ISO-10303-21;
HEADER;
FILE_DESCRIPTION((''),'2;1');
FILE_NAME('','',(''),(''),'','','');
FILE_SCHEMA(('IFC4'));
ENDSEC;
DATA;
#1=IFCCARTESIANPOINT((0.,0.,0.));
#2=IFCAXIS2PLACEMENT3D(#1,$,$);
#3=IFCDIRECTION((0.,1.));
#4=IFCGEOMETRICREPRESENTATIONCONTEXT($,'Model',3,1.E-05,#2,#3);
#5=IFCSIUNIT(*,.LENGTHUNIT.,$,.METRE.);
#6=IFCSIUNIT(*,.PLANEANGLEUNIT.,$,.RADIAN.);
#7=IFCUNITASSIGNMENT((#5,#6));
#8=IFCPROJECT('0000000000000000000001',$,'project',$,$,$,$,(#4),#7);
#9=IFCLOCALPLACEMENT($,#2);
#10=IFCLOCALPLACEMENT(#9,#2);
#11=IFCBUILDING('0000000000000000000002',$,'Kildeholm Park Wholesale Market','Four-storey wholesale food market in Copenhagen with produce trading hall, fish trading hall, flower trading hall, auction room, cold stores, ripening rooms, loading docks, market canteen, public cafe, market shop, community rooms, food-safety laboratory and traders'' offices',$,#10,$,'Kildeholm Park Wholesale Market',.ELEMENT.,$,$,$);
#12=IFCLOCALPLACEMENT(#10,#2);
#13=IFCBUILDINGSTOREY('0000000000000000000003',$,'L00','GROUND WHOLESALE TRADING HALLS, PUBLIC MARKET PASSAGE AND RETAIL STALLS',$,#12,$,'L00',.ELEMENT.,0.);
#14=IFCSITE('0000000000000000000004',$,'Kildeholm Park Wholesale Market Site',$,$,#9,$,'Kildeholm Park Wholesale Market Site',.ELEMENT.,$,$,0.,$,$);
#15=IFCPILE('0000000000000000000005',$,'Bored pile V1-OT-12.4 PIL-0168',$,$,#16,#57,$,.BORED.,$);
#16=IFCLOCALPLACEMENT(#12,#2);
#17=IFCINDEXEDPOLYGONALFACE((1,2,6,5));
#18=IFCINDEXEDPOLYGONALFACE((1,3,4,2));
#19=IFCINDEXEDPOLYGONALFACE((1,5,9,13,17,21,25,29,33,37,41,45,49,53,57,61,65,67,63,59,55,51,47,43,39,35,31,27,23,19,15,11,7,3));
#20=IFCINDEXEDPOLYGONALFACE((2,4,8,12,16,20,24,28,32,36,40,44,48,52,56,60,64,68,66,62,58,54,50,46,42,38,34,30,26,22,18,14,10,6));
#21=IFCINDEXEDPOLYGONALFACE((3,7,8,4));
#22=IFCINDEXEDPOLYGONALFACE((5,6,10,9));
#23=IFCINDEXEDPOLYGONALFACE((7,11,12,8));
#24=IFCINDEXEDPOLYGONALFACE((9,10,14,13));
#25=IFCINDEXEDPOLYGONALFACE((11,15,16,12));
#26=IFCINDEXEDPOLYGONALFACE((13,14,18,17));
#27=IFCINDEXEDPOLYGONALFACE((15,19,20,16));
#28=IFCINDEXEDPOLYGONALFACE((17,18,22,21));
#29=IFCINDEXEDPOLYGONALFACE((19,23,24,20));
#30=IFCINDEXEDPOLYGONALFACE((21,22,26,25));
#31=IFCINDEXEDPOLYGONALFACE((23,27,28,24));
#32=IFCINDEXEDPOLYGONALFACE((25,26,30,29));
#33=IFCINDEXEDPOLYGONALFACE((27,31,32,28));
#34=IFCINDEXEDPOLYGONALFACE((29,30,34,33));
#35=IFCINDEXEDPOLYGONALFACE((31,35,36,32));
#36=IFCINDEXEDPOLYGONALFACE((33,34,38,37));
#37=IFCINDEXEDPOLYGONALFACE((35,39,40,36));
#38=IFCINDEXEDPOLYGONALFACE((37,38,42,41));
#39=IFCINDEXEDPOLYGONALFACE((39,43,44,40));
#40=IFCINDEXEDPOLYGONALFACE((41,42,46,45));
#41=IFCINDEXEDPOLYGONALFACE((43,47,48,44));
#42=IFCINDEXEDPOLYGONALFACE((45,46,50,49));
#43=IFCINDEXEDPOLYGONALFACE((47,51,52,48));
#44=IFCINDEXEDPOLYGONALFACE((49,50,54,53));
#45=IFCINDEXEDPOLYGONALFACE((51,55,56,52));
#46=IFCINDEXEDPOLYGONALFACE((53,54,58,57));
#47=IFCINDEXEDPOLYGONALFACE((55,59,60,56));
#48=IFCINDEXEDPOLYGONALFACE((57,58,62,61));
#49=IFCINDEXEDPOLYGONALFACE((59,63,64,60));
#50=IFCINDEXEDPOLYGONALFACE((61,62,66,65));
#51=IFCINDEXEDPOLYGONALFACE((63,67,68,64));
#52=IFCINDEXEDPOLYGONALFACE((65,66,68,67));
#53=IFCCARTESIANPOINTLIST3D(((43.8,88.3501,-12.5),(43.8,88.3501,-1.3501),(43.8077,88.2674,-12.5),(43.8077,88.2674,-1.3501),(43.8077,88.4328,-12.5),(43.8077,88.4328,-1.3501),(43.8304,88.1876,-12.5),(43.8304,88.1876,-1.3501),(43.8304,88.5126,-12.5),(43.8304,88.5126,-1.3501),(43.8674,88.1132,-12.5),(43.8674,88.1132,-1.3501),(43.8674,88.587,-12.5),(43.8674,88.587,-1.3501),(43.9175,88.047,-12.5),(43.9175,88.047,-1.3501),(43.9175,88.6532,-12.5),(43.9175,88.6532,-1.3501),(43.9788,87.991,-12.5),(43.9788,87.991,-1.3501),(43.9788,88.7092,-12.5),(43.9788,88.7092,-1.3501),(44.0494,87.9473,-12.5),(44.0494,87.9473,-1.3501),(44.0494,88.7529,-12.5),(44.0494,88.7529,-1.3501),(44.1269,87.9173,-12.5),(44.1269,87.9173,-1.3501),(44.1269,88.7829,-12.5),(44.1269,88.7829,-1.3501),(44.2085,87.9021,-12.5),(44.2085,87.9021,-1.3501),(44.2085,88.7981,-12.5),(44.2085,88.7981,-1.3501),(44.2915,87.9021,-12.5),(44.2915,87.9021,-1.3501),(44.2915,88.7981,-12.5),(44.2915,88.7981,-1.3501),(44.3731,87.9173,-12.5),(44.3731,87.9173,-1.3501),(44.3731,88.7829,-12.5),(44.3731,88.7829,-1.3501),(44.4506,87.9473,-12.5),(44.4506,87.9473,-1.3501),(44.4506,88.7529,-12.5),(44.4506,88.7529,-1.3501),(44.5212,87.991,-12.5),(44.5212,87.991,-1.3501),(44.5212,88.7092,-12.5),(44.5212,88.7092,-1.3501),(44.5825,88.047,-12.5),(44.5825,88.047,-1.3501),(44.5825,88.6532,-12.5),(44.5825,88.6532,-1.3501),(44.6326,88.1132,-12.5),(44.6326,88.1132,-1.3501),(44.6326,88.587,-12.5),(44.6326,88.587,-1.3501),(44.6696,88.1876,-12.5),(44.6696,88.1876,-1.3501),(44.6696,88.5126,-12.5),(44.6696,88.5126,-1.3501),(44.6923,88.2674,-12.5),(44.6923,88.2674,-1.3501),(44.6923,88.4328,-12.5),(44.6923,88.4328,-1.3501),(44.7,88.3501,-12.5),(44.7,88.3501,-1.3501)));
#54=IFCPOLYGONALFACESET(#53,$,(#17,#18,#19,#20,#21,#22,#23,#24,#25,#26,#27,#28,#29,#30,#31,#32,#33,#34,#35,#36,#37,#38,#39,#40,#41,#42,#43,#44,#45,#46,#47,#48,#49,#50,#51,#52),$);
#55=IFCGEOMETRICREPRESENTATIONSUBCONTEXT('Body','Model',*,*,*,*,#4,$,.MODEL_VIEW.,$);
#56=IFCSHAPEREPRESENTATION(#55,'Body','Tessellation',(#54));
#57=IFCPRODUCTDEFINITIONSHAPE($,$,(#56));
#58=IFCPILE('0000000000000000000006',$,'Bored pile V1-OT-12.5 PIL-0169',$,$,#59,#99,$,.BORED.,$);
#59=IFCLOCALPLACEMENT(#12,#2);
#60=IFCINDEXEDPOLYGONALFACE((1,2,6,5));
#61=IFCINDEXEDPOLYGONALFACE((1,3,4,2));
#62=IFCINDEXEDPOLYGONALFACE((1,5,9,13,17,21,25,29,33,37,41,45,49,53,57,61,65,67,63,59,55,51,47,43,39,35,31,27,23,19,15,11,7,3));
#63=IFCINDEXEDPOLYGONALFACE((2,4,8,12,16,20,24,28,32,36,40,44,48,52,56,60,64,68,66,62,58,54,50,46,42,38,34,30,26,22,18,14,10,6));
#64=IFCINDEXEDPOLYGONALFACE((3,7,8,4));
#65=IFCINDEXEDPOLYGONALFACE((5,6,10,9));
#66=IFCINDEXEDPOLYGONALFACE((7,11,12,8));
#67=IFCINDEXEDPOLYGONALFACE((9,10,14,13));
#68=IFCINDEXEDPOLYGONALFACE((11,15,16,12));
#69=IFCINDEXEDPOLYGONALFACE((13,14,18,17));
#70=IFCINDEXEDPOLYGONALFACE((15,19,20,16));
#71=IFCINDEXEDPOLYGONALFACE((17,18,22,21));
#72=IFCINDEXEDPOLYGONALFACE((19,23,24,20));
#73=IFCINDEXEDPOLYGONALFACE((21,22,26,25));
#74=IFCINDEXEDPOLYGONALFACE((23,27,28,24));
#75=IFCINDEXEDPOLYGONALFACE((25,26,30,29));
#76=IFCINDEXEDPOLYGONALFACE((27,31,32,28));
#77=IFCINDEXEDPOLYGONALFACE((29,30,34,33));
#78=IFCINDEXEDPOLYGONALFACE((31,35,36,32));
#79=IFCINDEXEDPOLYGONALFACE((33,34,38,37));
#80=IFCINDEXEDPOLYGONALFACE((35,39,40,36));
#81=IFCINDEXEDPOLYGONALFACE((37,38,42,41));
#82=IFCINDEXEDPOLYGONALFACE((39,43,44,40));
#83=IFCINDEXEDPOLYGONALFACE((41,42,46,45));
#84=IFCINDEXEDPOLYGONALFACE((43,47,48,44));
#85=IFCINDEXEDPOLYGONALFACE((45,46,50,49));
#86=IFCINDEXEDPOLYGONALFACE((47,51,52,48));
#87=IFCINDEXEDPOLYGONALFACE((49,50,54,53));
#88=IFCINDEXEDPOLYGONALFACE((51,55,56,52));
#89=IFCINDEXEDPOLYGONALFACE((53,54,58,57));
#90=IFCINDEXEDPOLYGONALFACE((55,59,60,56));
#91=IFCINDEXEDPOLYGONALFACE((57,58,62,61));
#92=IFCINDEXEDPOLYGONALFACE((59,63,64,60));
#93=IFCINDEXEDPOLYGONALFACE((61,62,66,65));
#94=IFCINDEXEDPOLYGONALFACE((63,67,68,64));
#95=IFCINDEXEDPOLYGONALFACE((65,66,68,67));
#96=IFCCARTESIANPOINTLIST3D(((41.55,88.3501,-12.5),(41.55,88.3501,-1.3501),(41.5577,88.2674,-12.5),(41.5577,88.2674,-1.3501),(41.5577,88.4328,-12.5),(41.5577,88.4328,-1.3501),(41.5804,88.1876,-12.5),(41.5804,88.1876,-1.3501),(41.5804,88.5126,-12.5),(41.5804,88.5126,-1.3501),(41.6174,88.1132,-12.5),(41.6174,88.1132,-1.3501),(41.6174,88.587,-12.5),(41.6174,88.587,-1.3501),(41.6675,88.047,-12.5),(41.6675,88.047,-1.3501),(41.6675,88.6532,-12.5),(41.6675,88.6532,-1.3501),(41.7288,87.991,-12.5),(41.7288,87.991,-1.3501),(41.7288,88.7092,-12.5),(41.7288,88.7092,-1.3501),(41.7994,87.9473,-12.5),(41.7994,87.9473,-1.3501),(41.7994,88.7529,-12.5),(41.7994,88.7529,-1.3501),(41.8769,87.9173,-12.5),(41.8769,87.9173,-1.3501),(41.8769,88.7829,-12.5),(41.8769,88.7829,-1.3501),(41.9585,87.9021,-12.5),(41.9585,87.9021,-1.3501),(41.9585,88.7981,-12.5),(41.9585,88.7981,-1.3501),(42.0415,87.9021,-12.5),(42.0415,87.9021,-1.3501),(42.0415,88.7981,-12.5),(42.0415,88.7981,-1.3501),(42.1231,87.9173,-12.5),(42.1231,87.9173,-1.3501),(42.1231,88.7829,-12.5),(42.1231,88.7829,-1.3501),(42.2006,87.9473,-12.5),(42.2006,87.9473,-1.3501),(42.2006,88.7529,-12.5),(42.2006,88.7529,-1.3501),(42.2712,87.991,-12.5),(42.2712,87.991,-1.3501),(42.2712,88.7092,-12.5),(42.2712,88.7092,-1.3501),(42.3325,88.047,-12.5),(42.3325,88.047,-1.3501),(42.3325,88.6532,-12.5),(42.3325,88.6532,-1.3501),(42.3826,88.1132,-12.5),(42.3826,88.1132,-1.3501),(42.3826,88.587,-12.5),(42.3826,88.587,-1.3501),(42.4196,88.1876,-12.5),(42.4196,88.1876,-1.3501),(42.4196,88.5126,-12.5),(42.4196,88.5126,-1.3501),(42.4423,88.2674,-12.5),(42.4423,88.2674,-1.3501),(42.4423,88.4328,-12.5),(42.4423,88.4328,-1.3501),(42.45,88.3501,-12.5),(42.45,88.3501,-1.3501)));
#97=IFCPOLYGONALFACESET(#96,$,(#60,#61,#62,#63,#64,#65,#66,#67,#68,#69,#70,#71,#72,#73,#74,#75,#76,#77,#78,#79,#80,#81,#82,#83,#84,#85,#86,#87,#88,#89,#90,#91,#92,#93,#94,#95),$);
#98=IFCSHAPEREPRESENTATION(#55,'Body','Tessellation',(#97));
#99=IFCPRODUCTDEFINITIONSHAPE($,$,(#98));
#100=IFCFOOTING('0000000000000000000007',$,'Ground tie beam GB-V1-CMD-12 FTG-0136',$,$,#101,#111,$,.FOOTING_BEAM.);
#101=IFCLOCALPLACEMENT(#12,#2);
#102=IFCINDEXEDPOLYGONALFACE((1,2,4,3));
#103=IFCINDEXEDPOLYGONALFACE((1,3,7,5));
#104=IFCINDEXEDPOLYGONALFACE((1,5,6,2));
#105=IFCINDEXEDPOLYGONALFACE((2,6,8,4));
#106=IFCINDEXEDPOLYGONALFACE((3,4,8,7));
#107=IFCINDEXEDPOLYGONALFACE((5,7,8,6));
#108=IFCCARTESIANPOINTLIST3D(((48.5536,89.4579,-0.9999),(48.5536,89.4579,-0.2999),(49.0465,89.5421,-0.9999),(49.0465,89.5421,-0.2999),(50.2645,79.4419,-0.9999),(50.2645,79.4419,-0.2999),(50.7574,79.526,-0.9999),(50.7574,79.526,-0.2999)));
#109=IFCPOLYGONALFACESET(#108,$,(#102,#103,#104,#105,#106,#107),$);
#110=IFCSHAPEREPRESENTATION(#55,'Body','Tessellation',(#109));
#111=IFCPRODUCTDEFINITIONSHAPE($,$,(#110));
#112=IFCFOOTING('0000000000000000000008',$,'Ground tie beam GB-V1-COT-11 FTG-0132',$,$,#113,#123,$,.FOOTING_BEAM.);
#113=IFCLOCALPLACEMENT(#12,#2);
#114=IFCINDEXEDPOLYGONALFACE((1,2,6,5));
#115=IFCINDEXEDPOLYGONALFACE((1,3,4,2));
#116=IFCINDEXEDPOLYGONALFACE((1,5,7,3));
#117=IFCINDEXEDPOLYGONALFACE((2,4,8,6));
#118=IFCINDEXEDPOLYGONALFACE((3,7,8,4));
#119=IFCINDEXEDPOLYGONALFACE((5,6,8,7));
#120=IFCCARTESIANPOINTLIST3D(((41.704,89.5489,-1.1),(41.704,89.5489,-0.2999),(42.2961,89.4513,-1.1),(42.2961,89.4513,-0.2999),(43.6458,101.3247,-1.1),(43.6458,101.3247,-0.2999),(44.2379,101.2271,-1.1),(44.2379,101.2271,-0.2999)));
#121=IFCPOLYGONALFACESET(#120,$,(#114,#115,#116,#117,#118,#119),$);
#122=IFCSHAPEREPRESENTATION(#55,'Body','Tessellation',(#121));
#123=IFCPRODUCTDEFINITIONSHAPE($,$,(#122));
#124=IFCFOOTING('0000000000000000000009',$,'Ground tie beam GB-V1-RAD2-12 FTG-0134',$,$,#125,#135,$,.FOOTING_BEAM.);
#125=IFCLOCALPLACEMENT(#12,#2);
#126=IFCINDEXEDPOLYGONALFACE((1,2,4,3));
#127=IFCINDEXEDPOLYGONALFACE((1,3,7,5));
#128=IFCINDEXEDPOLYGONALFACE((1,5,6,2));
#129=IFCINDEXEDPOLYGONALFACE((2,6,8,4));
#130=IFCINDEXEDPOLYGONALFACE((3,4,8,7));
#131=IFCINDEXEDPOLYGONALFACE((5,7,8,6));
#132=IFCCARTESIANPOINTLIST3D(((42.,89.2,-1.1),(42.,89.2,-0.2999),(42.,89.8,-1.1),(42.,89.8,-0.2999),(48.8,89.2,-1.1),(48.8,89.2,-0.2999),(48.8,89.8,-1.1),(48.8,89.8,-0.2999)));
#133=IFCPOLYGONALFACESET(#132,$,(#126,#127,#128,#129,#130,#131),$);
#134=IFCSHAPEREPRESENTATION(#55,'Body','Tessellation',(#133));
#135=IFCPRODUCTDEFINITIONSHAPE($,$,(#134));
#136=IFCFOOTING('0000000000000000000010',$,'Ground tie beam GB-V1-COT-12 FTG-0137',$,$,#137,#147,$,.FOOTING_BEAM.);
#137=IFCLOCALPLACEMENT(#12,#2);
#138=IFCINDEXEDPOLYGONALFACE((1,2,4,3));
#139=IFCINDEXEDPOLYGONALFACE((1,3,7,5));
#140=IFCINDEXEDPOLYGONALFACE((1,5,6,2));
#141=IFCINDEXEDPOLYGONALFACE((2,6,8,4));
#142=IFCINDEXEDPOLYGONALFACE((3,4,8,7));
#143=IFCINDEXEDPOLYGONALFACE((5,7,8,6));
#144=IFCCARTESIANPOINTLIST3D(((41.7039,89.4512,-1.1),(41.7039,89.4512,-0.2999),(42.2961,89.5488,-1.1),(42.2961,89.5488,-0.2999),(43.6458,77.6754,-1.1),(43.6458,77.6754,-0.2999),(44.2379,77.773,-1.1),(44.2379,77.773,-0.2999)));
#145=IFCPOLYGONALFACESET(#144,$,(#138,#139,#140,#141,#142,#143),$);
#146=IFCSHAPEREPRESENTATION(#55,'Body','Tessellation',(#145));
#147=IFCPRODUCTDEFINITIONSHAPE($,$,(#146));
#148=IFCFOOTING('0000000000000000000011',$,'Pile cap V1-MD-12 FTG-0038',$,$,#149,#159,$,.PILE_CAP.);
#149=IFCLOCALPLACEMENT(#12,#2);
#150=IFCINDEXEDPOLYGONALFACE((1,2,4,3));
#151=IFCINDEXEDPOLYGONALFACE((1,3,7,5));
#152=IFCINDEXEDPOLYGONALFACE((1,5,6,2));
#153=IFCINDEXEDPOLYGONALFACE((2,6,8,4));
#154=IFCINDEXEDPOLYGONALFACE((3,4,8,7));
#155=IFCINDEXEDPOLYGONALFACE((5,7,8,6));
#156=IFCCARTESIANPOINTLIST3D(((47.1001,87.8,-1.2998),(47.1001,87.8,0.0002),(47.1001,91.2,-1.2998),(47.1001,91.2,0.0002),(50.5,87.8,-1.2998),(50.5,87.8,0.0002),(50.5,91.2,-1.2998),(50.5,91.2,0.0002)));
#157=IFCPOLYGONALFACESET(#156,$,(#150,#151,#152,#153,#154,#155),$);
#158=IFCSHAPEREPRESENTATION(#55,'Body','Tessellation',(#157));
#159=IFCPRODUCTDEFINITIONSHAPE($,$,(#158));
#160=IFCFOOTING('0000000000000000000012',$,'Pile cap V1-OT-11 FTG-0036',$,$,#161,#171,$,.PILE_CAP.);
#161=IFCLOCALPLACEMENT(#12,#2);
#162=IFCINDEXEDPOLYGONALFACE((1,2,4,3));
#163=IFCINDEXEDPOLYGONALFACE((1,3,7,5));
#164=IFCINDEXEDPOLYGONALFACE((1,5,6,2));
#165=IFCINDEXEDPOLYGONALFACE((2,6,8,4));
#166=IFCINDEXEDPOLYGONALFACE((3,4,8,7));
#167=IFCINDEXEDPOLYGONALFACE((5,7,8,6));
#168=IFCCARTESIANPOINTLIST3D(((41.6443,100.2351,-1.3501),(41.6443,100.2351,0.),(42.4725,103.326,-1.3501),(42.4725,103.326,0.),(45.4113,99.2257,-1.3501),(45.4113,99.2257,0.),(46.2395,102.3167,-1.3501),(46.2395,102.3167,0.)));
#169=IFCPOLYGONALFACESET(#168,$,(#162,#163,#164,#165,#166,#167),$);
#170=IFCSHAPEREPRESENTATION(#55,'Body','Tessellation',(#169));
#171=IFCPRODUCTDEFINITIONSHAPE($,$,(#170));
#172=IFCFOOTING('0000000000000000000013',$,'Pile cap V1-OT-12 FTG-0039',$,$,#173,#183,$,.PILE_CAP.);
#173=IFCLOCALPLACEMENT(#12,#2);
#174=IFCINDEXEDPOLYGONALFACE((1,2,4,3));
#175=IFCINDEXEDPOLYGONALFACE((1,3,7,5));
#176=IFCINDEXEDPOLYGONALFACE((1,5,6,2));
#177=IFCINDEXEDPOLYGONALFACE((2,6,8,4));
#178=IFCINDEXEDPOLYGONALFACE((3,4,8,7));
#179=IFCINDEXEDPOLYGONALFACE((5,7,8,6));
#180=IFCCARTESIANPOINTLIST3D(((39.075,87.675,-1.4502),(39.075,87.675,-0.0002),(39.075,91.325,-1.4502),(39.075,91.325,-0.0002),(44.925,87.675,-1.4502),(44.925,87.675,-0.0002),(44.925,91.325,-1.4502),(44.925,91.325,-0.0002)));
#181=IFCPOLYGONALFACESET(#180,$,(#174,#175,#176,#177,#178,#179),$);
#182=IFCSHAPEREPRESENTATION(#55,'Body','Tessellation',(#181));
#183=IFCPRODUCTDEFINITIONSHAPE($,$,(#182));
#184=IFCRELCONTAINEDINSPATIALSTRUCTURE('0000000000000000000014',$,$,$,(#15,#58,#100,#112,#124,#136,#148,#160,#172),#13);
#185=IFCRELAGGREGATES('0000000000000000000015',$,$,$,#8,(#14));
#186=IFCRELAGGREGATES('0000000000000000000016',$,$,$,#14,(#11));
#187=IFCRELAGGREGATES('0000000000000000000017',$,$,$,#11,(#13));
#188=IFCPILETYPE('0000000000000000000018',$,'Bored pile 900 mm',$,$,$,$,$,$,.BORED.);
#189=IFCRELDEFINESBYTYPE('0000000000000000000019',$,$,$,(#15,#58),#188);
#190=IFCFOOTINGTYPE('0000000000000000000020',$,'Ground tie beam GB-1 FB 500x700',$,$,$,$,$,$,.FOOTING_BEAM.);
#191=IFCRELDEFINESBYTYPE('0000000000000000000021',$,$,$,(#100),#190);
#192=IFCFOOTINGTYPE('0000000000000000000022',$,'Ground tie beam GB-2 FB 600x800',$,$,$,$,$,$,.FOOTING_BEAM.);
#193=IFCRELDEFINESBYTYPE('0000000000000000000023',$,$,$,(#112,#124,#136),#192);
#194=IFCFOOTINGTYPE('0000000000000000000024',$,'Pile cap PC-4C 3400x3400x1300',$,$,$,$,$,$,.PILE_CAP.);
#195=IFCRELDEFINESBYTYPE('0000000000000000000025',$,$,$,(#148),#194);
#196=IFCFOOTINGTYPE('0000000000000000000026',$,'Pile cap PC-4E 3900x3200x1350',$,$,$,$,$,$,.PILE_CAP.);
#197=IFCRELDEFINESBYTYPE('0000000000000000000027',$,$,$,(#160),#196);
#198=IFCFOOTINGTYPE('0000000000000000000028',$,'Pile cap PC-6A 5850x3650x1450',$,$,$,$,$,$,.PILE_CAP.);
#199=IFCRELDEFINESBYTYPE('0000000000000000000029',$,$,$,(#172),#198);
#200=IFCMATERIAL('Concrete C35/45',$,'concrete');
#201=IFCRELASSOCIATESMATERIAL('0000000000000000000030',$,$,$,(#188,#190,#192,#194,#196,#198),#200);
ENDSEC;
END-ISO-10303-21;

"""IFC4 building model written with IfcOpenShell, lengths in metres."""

from ifc_helpers import new_model, si_unit, direction, frame, origin, origin_2d, place, context, subcontext, project, spatial, rectangle, circle, extrude, material, material_profile, profile_set, type_object, element, save


model = new_model("IFC4")

# Units and contexts
model_context = context("Model", 3, precision=1e-05, world=origin(), true_north=direction((0.0, 1.0)))
body_context = subcontext(model_context, "Body", "Model", "MODEL_VIEW")
ifc_project = project(units=[si_unit("LENGTHUNIT", "METRE"), si_unit("PLANEANGLEUNIT", "RADIAN")], contexts=[model_context])

# Site, building, storey
site_placement = place(None, origin())
site = spatial("IfcSite", under=ifc_project, at=site_placement, Name="Kildeholm Park Wholesale Market Site", LongName="Kildeholm Park Wholesale Market Site", CompositionType="ELEMENT", RefElevation=0.0)
building_placement = place(site_placement, origin())
building = spatial("IfcBuilding", under=site, at=building_placement, Name="Kildeholm Park Wholesale Market", Description="Four-storey wholesale food market in Copenhagen with produce trading hall, fish trading hall, flower trading hall, auction room, cold stores, ripening rooms, loading docks, market canteen, public cafe, market shop, community rooms, food-safety laboratory and traders' offices", LongName="Kildeholm Park Wholesale Market", CompositionType="ELEMENT")
storey_placement = place(building_placement, origin())
storey = spatial("IfcBuildingStorey", under=building, at=storey_placement, Name="L00", Description="GROUND WHOLESALE TRADING HALLS, PUBLIC MARKET PASSAGE AND RETAIL STALLS", LongName="L00", CompositionType="ELEMENT", Elevation=0.0)

# Piles
ifc_material_1 = material(Name="Concrete C35/45", Category="concrete")
ifc_material_profile_1 = material_profile(ifc_material_1, circle(Radius=0.45, at=origin_2d()), Name="PILE D900")
ifc_profile_set_1 = profile_set([ifc_material_profile_1], Name="Concrete C35/45")
pile_type_1 = type_object("IfcPileType", Name="Bored pile 900 mm", PredefinedType="BORED", material=ifc_profile_set_1)
for number, where, z_axis, x_axis, name in (
    (1, (44.25, 88.3501, -1.3501), (0.0, 0.0, -1.0), (1.0, 0.0, 0.0), "Bored pile V1-OT-12.4 PIL-0168"),
    (2, (42.0, 88.3501, -1.3501), (0.0, 0.0, -1.0), (1.0, 0.0, 0.0), "Bored pile V1-OT-12.5 PIL-0169"),
):
    element("IfcPile", number, at=place(storey_placement, frame(where, z_axis=z_axis, x_axis=x_axis)), inside=storey, type_object=pile_type_1, Name=name, PredefinedType="BORED", context=body_context, shape_type="SweptSolid", body=[
        extrude(circle(Radius=0.45, at=origin_2d()), origin(), (0.0, 0.0, 1.0), 11.1499),
    ])

# Footings
ifc_material_profile_2 = material_profile(ifc_material_1, rectangle(XDim=0.5, YDim=0.7, at=origin_2d()), Name="FB 500x700")
ifc_profile_set_2 = profile_set([ifc_material_profile_2], Name="Concrete C35/45")
footing_type_1 = type_object("IfcFootingType", Name="Ground tie beam GB-1 FB 500x700", PredefinedType="FOOTING_BEAM", material=ifc_profile_set_2)
footing_1_placement = place(storey_placement, frame((48.8, 89.5, -0.6499), z_axis=(0.16838, -0.985722, 0.0), x_axis=(0.985722, 0.16838, 0.0)))
element("IfcFooting", 3, at=footing_1_placement, inside=storey, type_object=footing_type_1, Name="Ground tie beam GB-V1-CMD-12 FTG-0136", PredefinedType="FOOTING_BEAM", context=body_context, shape_type="SweptSolid", body=[
    extrude(rectangle(XDim=0.5, YDim=0.7, at=origin_2d()), origin(), (0.0, 0.0, 1.0), 10.1611),
])
ifc_material_profile_3 = material_profile(ifc_material_1, rectangle(XDim=0.6001, YDim=0.8, at=origin_2d()), Name="FB 600x800")
ifc_profile_set_3 = profile_set([ifc_material_profile_3], Name="Concrete C35/45")
footing_type_2 = type_object("IfcFootingType", Name="Ground tie beam GB-2 FB 600x800", PredefinedType="FOOTING_BEAM", material=ifc_profile_set_3)
footing_2_placement = place(storey_placement, frame((43.9419, 101.2759, -0.7), z_axis=(-0.162707, -0.986674, 0.0), x_axis=(0.986674, -0.162707, 0.0)))
element("IfcFooting", 4, at=footing_2_placement, inside=storey, type_object=footing_type_2, Name="Ground tie beam GB-V1-COT-11 FTG-0132", PredefinedType="FOOTING_BEAM", context=body_context, shape_type="SweptSolid", body=[
    extrude(rectangle(XDim=0.6001, YDim=0.8, at=origin_2d()), origin(), (0.0, 0.0, 1.0), 11.9348),
])
footing_3_placement = place(storey_placement, frame((48.8, 89.5, -0.7), z_axis=(-1.0, 0.0, 0.0), x_axis=(0.0, -1.0, 0.0)))
element("IfcFooting", 5, at=footing_3_placement, inside=storey, type_object=footing_type_2, Name="Ground tie beam GB-V1-RAD2-12 FTG-0134", PredefinedType="FOOTING_BEAM", context=body_context, shape_type="SweptSolid", body=[
    extrude(rectangle(XDim=0.6001, YDim=0.8, at=origin_2d()), origin(), (0.0, 0.0, 1.0), 6.8),
])
footing_4_placement = place(storey_placement, frame((42.0, 89.5, -0.7), z_axis=(0.162707, -0.986674, 0.0), x_axis=(0.986674, 0.162707, 0.0)))
element("IfcFooting", 6, at=footing_4_placement, inside=storey, type_object=footing_type_2, Name="Ground tie beam GB-V1-COT-12 FTG-0137", PredefinedType="FOOTING_BEAM", context=body_context, shape_type="SweptSolid", body=[
    extrude(rectangle(XDim=0.6001, YDim=0.8, at=origin_2d()), origin(), (0.0, 0.0, 1.0), 11.9348),
])
footing_type_3 = type_object("IfcFootingType", Name="Pile cap PC-4C 3400x3400x1300", PredefinedType="PILE_CAP", material=ifc_material_1)
footing_5_placement = place(storey_placement, frame((48.8, 89.5, -1.2998), z_axis=(0.0, 0.0, 1.0), x_axis=(-1.0, 0.0, 0.0)))
element("IfcFooting", 7, at=footing_5_placement, inside=storey, type_object=footing_type_3, Name="Pile cap V1-MD-12 FTG-0038", PredefinedType="PILE_CAP", context=body_context, shape_type="SweptSolid", body=[
    extrude(rectangle(XDim=3.3999, YDim=3.3999, at=origin_2d()), origin(), (0.0, 0.0, 1.0), 1.3),
])
footing_type_4 = type_object("IfcFootingType", Name="Pile cap PC-4E 3900x3200x1350", PredefinedType="PILE_CAP", material=ifc_material_1)
footing_6_placement = place(storey_placement, frame((43.9419, 101.2759, -1.3501), z_axis=(0.0, 0.0, 1.0), x_axis=(-0.965926, 0.258819, 0.0)))
element("IfcFooting", 8, at=footing_6_placement, inside=storey, type_object=footing_type_4, Name="Pile cap V1-OT-11 FTG-0036", PredefinedType="PILE_CAP", context=body_context, shape_type="SweptSolid", body=[
    extrude(rectangle(XDim=3.8999, YDim=3.2, at=origin_2d()), origin(), (0.0, 0.0, 1.0), 1.3501),
])
footing_type_5 = type_object("IfcFootingType", Name="Pile cap PC-6A 5850x3650x1450", PredefinedType="PILE_CAP", material=ifc_material_1)
footing_7_placement = place(storey_placement, frame((42.0, 89.5, -1.4502), z_axis=(0.0, 0.0, 1.0), x_axis=(-1.0, 0.0, 0.0)))
element("IfcFooting", 9, at=footing_7_placement, inside=storey, type_object=footing_type_5, Name="Pile cap V1-OT-12 FTG-0039", PredefinedType="PILE_CAP", context=body_context, shape_type="SweptSolid", body=[
    extrude(rectangle(XDim=5.8501, YDim=3.6499, at=origin_2d()), origin(), (0.0, 0.0, 1.0), 1.45),
])

save(model, "model.ifc")
